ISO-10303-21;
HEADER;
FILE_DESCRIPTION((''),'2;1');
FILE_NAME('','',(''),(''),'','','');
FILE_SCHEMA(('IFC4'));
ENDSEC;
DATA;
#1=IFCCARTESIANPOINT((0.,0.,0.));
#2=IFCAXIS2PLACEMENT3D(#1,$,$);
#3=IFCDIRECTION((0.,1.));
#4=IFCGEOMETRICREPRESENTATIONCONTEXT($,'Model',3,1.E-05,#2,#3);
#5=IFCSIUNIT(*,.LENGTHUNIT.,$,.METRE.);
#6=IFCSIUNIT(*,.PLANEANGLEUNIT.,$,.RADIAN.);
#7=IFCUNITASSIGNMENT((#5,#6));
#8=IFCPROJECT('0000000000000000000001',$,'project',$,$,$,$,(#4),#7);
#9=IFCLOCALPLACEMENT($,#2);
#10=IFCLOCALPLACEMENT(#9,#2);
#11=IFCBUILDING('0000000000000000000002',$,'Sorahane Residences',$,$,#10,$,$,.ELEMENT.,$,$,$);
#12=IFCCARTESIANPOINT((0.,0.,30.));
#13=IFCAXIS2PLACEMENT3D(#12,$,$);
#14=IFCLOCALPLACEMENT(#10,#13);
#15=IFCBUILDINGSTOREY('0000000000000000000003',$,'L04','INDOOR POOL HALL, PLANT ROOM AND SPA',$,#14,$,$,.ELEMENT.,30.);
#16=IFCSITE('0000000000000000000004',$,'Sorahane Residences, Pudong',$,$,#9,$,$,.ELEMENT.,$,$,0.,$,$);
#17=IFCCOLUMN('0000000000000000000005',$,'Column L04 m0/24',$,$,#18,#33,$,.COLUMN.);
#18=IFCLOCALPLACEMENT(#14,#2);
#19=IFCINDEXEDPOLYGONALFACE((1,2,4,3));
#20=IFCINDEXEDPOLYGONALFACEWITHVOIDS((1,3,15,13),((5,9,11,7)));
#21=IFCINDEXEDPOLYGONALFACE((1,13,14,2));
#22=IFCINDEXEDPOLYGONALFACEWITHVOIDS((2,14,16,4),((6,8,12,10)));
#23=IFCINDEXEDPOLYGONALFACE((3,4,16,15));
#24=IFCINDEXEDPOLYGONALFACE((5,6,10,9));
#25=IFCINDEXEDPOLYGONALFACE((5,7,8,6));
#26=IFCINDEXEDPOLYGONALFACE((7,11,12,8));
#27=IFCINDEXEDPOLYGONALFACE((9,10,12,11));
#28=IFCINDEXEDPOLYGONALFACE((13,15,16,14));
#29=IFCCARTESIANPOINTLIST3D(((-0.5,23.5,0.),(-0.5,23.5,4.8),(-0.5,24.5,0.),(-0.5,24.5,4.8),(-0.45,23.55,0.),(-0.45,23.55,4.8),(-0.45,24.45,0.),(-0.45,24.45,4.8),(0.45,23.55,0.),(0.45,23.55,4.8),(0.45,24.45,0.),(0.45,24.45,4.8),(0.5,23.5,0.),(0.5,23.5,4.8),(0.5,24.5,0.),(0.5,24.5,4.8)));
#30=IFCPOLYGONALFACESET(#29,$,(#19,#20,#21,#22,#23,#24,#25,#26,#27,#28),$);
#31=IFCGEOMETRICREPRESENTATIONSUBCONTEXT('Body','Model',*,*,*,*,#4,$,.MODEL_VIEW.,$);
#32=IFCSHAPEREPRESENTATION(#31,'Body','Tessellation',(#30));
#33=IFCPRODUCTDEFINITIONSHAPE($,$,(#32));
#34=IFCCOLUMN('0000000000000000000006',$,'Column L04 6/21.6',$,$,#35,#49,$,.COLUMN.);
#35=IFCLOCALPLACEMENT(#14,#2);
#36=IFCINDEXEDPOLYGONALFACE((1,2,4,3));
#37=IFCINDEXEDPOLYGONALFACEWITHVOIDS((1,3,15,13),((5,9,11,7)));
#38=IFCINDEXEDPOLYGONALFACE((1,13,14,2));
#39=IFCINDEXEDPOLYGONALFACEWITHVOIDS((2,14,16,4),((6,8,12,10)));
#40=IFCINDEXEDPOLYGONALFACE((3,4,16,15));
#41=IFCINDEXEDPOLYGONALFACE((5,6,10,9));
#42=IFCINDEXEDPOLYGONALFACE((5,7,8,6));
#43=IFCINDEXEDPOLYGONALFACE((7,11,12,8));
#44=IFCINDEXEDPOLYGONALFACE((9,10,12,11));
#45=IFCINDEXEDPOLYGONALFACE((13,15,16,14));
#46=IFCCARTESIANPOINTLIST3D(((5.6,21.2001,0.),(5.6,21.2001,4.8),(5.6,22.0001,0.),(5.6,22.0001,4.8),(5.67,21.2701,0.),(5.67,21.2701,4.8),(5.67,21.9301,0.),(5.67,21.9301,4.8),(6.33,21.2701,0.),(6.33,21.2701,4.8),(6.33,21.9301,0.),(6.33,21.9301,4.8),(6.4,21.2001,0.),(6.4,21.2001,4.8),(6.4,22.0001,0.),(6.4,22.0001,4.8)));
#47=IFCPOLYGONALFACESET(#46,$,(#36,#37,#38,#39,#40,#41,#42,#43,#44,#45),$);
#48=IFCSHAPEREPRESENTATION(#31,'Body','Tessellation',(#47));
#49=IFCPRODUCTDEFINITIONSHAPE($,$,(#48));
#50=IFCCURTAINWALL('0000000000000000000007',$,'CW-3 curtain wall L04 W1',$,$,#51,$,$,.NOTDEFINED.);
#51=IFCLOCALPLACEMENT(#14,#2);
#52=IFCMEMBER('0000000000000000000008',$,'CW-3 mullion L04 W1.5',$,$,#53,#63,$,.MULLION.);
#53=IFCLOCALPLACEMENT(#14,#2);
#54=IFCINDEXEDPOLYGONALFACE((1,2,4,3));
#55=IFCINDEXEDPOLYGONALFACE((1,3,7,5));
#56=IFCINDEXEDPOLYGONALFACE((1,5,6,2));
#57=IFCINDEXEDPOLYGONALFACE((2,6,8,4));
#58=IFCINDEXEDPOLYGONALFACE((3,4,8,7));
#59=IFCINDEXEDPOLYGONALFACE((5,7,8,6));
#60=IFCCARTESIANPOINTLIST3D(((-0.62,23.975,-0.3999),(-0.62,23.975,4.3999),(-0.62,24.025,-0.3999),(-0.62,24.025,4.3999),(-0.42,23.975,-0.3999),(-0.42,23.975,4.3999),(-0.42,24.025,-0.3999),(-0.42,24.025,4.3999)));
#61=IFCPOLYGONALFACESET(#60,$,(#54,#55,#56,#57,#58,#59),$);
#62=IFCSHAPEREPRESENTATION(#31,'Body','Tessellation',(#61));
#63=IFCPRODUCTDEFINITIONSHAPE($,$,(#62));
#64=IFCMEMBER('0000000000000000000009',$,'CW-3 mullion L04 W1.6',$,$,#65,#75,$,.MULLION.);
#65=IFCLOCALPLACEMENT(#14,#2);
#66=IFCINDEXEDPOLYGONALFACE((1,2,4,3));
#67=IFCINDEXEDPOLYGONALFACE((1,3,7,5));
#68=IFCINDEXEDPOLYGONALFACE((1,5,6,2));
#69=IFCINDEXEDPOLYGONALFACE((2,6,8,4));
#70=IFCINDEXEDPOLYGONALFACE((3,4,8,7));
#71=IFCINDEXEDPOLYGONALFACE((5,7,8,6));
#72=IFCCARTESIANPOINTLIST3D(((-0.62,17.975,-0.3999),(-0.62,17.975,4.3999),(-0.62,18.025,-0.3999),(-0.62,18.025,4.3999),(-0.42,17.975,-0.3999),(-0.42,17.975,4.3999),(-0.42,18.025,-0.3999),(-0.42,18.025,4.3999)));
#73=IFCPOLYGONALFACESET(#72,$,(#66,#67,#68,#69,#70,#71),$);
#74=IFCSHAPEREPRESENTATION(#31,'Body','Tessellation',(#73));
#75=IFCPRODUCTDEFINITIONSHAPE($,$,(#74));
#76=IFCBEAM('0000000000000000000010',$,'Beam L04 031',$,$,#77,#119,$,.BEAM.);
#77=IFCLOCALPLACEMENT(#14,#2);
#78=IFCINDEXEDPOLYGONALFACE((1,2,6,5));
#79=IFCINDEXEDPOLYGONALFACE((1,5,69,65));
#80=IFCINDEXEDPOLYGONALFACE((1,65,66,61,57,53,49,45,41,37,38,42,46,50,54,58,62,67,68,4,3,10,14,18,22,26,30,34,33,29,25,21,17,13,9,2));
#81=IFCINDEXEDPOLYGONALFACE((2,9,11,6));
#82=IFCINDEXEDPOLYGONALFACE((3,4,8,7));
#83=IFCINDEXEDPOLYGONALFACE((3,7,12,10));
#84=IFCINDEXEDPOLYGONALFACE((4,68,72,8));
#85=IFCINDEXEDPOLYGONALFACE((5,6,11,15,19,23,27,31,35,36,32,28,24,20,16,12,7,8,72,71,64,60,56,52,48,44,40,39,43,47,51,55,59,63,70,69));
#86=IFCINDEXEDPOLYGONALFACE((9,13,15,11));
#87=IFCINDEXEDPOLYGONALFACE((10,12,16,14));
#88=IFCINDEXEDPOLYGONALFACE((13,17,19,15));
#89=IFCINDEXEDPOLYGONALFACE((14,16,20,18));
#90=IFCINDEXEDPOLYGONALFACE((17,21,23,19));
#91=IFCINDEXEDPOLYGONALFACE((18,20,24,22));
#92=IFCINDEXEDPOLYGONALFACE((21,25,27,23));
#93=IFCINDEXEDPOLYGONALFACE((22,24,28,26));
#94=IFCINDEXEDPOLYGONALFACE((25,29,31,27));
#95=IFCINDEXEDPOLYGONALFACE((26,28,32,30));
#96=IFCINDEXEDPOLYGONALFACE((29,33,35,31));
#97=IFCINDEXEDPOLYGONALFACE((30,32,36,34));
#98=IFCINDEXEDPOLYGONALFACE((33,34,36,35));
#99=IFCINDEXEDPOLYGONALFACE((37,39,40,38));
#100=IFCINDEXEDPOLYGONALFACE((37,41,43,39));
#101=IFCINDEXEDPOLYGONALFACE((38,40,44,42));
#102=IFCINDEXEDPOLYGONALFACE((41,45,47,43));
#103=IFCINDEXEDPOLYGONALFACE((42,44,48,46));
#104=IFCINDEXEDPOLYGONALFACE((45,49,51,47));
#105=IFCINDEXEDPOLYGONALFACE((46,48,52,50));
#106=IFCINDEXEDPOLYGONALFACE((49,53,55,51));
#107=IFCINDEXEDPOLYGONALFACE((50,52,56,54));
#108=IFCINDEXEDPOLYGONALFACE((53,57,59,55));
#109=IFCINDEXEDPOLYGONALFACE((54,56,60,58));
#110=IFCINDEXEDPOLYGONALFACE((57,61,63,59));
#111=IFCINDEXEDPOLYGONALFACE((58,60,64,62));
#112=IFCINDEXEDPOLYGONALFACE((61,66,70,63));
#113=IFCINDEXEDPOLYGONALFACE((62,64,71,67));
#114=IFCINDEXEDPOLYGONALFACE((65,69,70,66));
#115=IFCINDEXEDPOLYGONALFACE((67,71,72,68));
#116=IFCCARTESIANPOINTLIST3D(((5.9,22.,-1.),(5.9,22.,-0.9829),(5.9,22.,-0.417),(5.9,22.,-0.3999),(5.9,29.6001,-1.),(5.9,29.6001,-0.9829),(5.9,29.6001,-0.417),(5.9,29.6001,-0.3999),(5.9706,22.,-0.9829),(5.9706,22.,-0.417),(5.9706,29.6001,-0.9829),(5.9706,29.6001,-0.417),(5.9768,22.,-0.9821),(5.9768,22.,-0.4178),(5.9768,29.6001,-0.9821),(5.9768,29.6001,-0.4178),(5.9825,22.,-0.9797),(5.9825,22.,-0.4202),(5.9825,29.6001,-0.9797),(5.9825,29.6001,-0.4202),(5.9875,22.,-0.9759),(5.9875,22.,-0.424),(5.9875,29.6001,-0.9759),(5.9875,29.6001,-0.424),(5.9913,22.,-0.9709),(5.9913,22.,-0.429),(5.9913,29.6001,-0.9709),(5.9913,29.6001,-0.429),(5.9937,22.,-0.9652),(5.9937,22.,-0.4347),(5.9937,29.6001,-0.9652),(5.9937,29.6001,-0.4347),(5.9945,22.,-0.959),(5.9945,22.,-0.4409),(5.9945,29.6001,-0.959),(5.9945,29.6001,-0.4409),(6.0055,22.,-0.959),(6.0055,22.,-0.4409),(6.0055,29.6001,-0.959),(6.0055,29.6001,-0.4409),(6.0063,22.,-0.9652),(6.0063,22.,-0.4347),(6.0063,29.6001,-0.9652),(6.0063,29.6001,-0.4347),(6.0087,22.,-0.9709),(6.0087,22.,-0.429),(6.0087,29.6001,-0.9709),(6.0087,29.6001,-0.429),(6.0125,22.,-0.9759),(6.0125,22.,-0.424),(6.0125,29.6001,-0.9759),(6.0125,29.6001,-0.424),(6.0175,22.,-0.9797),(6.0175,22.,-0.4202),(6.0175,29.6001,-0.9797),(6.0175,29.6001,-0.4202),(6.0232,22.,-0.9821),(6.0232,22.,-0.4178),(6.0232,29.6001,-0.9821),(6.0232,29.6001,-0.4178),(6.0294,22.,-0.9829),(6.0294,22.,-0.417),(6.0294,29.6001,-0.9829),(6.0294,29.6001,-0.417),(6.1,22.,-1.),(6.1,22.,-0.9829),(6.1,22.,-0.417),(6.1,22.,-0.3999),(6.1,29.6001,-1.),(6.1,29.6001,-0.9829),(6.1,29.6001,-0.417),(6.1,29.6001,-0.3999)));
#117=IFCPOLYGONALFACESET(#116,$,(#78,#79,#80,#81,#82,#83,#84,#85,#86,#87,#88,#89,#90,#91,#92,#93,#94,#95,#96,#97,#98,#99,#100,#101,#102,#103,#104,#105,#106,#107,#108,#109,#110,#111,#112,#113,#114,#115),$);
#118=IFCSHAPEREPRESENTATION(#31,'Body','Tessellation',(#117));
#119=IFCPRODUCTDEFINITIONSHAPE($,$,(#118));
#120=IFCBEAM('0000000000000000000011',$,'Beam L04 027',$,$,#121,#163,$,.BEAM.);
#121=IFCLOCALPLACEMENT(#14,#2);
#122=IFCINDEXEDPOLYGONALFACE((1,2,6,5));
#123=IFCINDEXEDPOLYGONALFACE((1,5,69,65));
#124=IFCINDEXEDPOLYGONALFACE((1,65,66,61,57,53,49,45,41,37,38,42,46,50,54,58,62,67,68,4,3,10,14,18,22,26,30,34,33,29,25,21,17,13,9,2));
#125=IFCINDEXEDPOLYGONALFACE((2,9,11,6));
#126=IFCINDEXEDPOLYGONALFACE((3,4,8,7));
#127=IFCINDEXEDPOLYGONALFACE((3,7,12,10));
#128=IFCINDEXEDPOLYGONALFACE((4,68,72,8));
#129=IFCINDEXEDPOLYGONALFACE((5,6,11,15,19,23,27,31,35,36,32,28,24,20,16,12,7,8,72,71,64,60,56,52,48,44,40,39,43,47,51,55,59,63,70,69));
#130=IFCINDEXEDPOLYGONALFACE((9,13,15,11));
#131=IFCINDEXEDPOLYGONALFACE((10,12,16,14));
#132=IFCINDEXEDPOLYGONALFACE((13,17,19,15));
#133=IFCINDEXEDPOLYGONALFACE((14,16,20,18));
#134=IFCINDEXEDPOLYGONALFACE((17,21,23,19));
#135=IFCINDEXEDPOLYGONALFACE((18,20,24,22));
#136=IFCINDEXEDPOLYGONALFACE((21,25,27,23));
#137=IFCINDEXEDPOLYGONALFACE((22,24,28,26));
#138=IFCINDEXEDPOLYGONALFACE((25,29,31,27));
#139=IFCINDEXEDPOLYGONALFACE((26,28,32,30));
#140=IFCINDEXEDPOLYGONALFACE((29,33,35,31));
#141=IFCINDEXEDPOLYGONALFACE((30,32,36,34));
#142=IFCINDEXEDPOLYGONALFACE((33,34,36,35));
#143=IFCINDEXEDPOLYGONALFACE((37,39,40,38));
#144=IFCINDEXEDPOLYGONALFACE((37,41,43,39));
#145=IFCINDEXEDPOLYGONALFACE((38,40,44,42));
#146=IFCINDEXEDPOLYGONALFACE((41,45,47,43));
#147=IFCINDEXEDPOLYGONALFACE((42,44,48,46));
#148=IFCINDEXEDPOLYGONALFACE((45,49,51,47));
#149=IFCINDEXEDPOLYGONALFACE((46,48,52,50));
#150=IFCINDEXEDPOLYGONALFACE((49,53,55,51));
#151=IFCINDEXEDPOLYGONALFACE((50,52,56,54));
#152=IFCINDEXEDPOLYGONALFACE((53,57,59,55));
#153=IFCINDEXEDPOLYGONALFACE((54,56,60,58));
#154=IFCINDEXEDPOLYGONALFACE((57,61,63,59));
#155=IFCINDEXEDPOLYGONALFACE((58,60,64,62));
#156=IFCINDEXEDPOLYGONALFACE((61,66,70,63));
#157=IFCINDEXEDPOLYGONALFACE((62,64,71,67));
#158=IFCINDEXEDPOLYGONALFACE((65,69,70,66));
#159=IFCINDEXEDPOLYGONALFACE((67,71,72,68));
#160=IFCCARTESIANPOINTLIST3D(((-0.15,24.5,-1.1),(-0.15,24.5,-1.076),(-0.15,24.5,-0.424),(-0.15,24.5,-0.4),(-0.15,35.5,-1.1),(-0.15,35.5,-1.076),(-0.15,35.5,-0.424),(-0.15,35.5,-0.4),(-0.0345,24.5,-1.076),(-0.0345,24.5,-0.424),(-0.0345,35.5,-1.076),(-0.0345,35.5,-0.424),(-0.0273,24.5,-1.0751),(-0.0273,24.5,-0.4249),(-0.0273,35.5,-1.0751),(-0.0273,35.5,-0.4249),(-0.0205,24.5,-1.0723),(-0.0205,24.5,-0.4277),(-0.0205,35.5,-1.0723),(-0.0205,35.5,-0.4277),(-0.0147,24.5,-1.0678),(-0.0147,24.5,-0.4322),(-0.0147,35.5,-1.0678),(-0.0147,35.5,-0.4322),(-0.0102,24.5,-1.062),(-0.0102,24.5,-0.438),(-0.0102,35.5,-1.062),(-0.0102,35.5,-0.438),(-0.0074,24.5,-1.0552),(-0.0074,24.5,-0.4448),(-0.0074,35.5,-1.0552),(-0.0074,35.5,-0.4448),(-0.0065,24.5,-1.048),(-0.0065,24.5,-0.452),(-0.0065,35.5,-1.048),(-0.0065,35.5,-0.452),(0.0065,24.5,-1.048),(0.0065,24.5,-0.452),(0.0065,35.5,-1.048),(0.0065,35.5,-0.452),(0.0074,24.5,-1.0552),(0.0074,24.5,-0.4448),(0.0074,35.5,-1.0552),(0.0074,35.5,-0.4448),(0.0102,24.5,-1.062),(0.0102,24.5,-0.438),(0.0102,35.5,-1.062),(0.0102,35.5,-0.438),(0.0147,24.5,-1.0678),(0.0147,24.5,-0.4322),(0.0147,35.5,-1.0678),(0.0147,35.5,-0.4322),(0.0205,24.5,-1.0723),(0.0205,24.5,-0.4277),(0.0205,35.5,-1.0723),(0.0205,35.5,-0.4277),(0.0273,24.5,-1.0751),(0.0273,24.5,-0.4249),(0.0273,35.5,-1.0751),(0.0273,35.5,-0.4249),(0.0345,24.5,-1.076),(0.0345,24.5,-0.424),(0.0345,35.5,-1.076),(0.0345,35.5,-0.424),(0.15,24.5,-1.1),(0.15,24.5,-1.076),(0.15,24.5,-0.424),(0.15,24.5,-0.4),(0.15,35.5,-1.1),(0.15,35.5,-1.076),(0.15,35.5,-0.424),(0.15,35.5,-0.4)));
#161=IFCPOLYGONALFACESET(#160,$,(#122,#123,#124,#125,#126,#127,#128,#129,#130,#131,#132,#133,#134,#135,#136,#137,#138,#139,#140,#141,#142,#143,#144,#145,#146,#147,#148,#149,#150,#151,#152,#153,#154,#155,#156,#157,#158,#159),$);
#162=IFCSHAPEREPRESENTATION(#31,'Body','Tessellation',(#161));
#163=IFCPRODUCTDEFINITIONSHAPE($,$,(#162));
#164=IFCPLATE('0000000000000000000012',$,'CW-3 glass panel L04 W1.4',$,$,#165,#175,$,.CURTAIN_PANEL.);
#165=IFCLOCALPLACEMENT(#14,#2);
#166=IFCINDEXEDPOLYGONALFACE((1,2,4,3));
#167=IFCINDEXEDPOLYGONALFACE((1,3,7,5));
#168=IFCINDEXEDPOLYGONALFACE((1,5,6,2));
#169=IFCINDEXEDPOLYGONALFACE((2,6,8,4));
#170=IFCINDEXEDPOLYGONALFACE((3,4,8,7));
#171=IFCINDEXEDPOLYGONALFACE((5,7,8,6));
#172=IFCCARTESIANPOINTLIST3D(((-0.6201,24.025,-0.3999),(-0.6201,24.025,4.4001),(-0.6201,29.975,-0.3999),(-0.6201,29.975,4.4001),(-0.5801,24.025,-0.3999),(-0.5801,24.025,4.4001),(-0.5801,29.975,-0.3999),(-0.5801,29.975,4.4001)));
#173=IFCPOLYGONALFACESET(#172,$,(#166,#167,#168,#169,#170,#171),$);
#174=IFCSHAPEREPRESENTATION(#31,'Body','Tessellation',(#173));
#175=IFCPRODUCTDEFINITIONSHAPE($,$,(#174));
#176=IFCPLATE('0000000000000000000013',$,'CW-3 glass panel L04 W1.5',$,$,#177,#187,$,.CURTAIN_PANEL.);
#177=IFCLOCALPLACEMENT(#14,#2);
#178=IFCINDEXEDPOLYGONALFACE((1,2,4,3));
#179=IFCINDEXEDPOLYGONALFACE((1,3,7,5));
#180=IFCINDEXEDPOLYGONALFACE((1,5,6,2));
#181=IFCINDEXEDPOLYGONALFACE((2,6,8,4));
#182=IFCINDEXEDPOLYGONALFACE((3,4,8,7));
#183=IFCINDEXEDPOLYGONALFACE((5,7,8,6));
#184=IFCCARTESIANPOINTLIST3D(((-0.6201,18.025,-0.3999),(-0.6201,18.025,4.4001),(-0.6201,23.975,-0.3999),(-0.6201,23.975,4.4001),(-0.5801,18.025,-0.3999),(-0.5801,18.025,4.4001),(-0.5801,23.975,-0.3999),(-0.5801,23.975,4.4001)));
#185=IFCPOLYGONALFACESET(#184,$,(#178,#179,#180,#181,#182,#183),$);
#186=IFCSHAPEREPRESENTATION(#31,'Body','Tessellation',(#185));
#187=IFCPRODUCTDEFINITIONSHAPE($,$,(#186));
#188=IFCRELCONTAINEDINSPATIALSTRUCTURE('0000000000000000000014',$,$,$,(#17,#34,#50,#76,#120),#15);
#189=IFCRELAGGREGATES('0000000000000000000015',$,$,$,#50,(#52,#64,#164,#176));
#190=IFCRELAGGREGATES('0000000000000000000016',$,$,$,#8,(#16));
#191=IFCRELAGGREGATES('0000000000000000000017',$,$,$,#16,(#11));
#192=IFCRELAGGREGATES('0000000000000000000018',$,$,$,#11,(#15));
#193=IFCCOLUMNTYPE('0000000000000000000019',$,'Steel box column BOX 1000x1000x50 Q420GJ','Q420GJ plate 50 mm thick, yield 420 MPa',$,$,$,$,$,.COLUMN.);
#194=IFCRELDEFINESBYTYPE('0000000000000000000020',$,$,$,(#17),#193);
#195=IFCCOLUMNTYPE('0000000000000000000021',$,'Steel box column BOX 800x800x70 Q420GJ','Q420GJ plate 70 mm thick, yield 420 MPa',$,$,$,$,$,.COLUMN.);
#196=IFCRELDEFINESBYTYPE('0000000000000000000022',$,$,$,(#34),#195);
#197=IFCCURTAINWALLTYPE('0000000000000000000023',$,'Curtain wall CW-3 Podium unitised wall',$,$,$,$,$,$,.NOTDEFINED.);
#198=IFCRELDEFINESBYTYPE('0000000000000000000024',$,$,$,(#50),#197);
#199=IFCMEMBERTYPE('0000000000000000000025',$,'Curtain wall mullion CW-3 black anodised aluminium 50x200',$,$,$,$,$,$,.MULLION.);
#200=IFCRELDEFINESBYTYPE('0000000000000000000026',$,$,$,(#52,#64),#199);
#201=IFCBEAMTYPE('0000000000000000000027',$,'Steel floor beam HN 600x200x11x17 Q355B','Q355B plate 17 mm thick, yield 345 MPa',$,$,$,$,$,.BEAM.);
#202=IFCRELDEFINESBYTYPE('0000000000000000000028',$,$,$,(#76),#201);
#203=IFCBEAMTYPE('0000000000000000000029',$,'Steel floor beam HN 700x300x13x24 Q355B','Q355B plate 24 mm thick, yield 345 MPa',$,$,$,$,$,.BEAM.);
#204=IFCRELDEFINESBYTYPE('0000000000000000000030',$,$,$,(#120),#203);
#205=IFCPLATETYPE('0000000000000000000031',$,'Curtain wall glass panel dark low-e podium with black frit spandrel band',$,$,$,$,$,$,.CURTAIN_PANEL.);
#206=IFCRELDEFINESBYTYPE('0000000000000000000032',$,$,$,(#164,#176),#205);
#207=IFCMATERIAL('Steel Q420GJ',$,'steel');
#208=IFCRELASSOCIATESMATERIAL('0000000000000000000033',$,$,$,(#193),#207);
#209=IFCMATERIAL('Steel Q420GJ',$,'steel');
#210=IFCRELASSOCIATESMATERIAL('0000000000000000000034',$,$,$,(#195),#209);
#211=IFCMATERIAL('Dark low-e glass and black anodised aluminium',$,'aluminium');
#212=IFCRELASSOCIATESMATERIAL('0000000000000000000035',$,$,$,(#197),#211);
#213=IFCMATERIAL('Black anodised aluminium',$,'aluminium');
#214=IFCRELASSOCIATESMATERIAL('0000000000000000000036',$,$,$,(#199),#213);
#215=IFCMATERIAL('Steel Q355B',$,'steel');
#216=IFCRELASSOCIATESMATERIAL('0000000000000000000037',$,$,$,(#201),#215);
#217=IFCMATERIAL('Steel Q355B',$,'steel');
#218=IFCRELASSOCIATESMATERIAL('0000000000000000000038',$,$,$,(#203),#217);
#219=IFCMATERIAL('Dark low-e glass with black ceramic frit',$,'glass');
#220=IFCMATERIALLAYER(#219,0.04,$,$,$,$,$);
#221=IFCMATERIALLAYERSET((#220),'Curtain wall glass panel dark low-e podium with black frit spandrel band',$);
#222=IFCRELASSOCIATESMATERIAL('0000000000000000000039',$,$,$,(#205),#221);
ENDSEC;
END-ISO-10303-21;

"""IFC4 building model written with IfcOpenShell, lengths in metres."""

from ifc_helpers import new_model, si_unit, direction, frame, origin, origin_2d, place, context, subcontext, project, spatial, rectangle, hollow_rectangle, i_section, extrude, material, layer, layer_set, material_profile, profile_set, type_object, element, aggregate, save


model = new_model("IFC4")

# Units and contexts
model_context = context("Model", 3, precision=1e-05, world=origin(), true_north=direction((0.0, 1.0)))
body_context = subcontext(model_context, "Body", "Model", "MODEL_VIEW")
ifc_project = project(units=[si_unit("LENGTHUNIT", "METRE"), si_unit("PLANEANGLEUNIT", "RADIAN")], contexts=[model_context])

# Site, building, storey
site_placement = place(None, origin())
site = spatial("IfcSite", under=ifc_project, at=site_placement, Name="Sorahane Residences, Pudong", CompositionType="ELEMENT", RefElevation=0.0)
building_placement = place(site_placement, origin())
building = spatial("IfcBuilding", under=site, at=building_placement, Name="Sorahane Residences", CompositionType="ELEMENT")
storey_placement = place(building_placement, frame((0.0, 0.0, 30.0)))
storey = spatial("IfcBuildingStorey", under=building, at=storey_placement, Name="L04", Description="INDOOR POOL HALL, PLANT ROOM AND SPA", CompositionType="ELEMENT", Elevation=30.0)

# Columns
ifc_material_1 = material(Name="Steel Q420GJ", Category="steel")
ifc_material_profile_1 = material_profile(ifc_material_1, hollow_rectangle(XDim=1.0, YDim=1.0, WallThickness=0.05, at=origin_2d()), Name="BOX 1000x1000x50")
ifc_profile_set_1 = profile_set([ifc_material_profile_1], Name="Steel Q420GJ")
column_type_1 = type_object("IfcColumnType", Name="Steel box column BOX 1000x1000x50 Q420GJ", Description="Q420GJ plate 50 mm thick, yield 420 MPa", PredefinedType="COLUMN", material=ifc_profile_set_1)
column_1_placement = place(storey_placement, frame((0.0, 24.0, 0.0), z_axis=(0.0, 0.0, 1.0), x_axis=(1.0, 0.0, 0.0)))
element("IfcColumn", 1, at=column_1_placement, inside=storey, type_object=column_type_1, Name="Column L04 m0/24", PredefinedType="COLUMN", context=body_context, shape_type="SweptSolid", body=[
    extrude(hollow_rectangle(XDim=1.0, YDim=1.0, WallThickness=0.05, at=origin_2d()), origin(), (0.0, 0.0, 1.0), 4.8),
])
ifc_material_2 = material(Name="Steel Q420GJ", Category="steel")
ifc_material_profile_2 = material_profile(ifc_material_2, hollow_rectangle(XDim=0.8, YDim=0.8, WallThickness=0.0701, at=origin_2d()), Name="BOX 800x800x70")
ifc_profile_set_2 = profile_set([ifc_material_profile_2], Name="Steel Q420GJ")
column_type_2 = type_object("IfcColumnType", Name="Steel box column BOX 800x800x70 Q420GJ", Description="Q420GJ plate 70 mm thick, yield 420 MPa", PredefinedType="COLUMN", material=ifc_profile_set_2)
column_2_placement = place(storey_placement, frame((6.0, 21.6001, 0.0), z_axis=(0.0, 0.0, 1.0), x_axis=(1.0, 0.0, 0.0)))
element("IfcColumn", 2, at=column_2_placement, inside=storey, type_object=column_type_2, Name="Column L04 6/21.6", PredefinedType="COLUMN", context=body_context, shape_type="SweptSolid", body=[
    extrude(hollow_rectangle(XDim=0.8, YDim=0.8, WallThickness=0.0701, at=origin_2d()), origin(), (0.0, 0.0, 1.0), 4.8),
])

# Curtain wall, members
ifc_material_3 = material(Name="Dark low-e glass and black anodised aluminium", Category="aluminium")
curtain_wall_type = type_object("IfcCurtainWallType", Name="Curtain wall CW-3 Podium unitised wall", PredefinedType="NOTDEFINED", material=ifc_material_3)
curtain_wall_placement = place(storey_placement, origin())
curtain_wall = element("IfcCurtainWall", 3, at=curtain_wall_placement, inside=storey, type_object=curtain_wall_type, Name="CW-3 curtain wall L04 W1", PredefinedType="NOTDEFINED")
ifc_material_4 = material(Name="Black anodised aluminium", Category="aluminium")
ifc_material_profile_3 = material_profile(ifc_material_4, rectangle(XDim=0.2, YDim=0.05, at=origin_2d()), Name="Curtain wall mullion CW-3 black anodised aluminium 50x200")
ifc_profile_set_3 = profile_set([ifc_material_profile_3], Name="Black anodised aluminium")
member_type = type_object("IfcMemberType", Name="Curtain wall mullion CW-3 black anodised aluminium 50x200", PredefinedType="MULLION", material=ifc_profile_set_3)
member_1_placement = place(storey_placement, frame((-0.52, 24.0, -0.3999), z_axis=(0.0, 0.0, 1.0), x_axis=(-1.0, 0.0, 0.0)))
member_1 = element("IfcMember", 4, at=member_1_placement, type_object=member_type, Name="CW-3 mullion L04 W1.5", PredefinedType="MULLION", context=body_context, shape_type="SweptSolid", body=[
    extrude(rectangle(XDim=0.2, YDim=0.05, at=origin_2d()), origin(), (0.0, 0.0, 1.0), 4.7998),
])
member_2_placement = place(storey_placement, frame((-0.52, 18.0, -0.3999), z_axis=(0.0, 0.0, 1.0), x_axis=(-1.0, 0.0, 0.0)))
member_2 = element("IfcMember", 5, at=member_2_placement, type_object=member_type, Name="CW-3 mullion L04 W1.6", PredefinedType="MULLION", context=body_context, shape_type="SweptSolid", body=[
    extrude(rectangle(XDim=0.2, YDim=0.05, at=origin_2d()), origin(), (0.0, 0.0, 1.0), 4.7998),
])

# Beams
ifc_material_5 = material(Name="Steel Q355B", Category="steel")
ifc_material_profile_4 = material_profile(ifc_material_5, i_section(OverallWidth=0.2, OverallDepth=0.6001, WebThickness=0.011, FlangeThickness=0.0171, FilletRadius=0.0239, at=origin_2d()), Name="HN 600x200x11x17")
ifc_profile_set_4 = profile_set([ifc_material_profile_4], Name="Steel Q355B")
beam_type_1 = type_object("IfcBeamType", Name="Steel floor beam HN 600x200x11x17 Q355B", Description="Q355B plate 17 mm thick, yield 345 MPa", PredefinedType="BEAM", material=ifc_profile_set_4)
beam_1_placement = place(storey_placement, frame((6.0, 22.0, -0.7), z_axis=(0.0, 1.0, 0.0), x_axis=(-1.0, 0.0, 0.0)))
element("IfcBeam", 6, at=beam_1_placement, inside=storey, type_object=beam_type_1, Name="Beam L04 031", PredefinedType="BEAM", context=body_context, shape_type="SweptSolid", body=[
    extrude(i_section(OverallWidth=0.2, OverallDepth=0.6001, WebThickness=0.011, FlangeThickness=0.0171, FilletRadius=0.0239, at=origin_2d()), origin(), (0.0, 0.0, 1.0), 7.6001),
])
ifc_material_6 = material(Name="Steel Q355B", Category="steel")
ifc_material_profile_5 = material_profile(ifc_material_6, i_section(OverallWidth=0.3, OverallDepth=0.7, WebThickness=0.0129, FlangeThickness=0.0239, FilletRadius=0.0281, at=origin_2d()), Name="HN 700x300x13x24")
ifc_profile_set_5 = profile_set([ifc_material_profile_5], Name="Steel Q355B")
beam_type_2 = type_object("IfcBeamType", Name="Steel floor beam HN 700x300x13x24 Q355B", Description="Q355B plate 24 mm thick, yield 345 MPa", PredefinedType="BEAM", material=ifc_profile_set_5)
beam_2_placement = place(storey_placement, frame((0.0, 24.5, -0.75), z_axis=(0.0, 1.0, 0.0), x_axis=(-1.0, 0.0, 0.0)))
element("IfcBeam", 7, at=beam_2_placement, inside=storey, type_object=beam_type_2, Name="Beam L04 027", PredefinedType="BEAM", context=body_context, shape_type="SweptSolid", body=[
    extrude(i_section(OverallWidth=0.3, OverallDepth=0.7, WebThickness=0.0129, FlangeThickness=0.0239, FilletRadius=0.0281, at=origin_2d()), origin(), (0.0, 0.0, 1.0), 11.0),
])

# Plates
ifc_material_7 = material(Name="Dark low-e glass with black ceramic frit", Category="glass")
ifc_layer_1 = layer(ifc_material_7, 0.04)
ifc_layer_set_1 = layer_set([ifc_layer_1], Name="Curtain wall glass panel dark low-e podium with black frit spandrel band")
plate_type = type_object("IfcPlateType", Name="Curtain wall glass panel dark low-e podium with black frit spandrel band", PredefinedType="CURTAIN_PANEL", material=ifc_layer_set_1)
plate_1_placement = place(storey_placement, frame((-0.6001, 27.0, -0.3999), z_axis=(0.0, 0.0, 1.0), x_axis=(0.0, -1.0, 0.0)))
plate_1 = element("IfcPlate", 8, at=plate_1_placement, type_object=plate_type, Name="CW-3 glass panel L04 W1.4", PredefinedType="CURTAIN_PANEL", context=body_context, shape_type="SweptSolid", body=[
    extrude(rectangle(XDim=5.95, YDim=0.04, at=origin_2d()), origin(), (0.0, 0.0, 1.0), 4.8),
])
plate_2_placement = place(storey_placement, frame((-0.6001, 21.0, -0.3999), z_axis=(0.0, 0.0, 1.0), x_axis=(0.0, -1.0, 0.0)))
plate_2 = element("IfcPlate", 9, at=plate_2_placement, type_object=plate_type, Name="CW-3 glass panel L04 W1.5", PredefinedType="CURTAIN_PANEL", context=body_context, shape_type="SweptSolid", body=[
    extrude(rectangle(XDim=5.95, YDim=0.04, at=origin_2d()), origin(), (0.0, 0.0, 1.0), 4.8),
])
aggregate(curtain_wall, [member_1, member_2, plate_1, plate_2])

save(model, "model.ifc")
